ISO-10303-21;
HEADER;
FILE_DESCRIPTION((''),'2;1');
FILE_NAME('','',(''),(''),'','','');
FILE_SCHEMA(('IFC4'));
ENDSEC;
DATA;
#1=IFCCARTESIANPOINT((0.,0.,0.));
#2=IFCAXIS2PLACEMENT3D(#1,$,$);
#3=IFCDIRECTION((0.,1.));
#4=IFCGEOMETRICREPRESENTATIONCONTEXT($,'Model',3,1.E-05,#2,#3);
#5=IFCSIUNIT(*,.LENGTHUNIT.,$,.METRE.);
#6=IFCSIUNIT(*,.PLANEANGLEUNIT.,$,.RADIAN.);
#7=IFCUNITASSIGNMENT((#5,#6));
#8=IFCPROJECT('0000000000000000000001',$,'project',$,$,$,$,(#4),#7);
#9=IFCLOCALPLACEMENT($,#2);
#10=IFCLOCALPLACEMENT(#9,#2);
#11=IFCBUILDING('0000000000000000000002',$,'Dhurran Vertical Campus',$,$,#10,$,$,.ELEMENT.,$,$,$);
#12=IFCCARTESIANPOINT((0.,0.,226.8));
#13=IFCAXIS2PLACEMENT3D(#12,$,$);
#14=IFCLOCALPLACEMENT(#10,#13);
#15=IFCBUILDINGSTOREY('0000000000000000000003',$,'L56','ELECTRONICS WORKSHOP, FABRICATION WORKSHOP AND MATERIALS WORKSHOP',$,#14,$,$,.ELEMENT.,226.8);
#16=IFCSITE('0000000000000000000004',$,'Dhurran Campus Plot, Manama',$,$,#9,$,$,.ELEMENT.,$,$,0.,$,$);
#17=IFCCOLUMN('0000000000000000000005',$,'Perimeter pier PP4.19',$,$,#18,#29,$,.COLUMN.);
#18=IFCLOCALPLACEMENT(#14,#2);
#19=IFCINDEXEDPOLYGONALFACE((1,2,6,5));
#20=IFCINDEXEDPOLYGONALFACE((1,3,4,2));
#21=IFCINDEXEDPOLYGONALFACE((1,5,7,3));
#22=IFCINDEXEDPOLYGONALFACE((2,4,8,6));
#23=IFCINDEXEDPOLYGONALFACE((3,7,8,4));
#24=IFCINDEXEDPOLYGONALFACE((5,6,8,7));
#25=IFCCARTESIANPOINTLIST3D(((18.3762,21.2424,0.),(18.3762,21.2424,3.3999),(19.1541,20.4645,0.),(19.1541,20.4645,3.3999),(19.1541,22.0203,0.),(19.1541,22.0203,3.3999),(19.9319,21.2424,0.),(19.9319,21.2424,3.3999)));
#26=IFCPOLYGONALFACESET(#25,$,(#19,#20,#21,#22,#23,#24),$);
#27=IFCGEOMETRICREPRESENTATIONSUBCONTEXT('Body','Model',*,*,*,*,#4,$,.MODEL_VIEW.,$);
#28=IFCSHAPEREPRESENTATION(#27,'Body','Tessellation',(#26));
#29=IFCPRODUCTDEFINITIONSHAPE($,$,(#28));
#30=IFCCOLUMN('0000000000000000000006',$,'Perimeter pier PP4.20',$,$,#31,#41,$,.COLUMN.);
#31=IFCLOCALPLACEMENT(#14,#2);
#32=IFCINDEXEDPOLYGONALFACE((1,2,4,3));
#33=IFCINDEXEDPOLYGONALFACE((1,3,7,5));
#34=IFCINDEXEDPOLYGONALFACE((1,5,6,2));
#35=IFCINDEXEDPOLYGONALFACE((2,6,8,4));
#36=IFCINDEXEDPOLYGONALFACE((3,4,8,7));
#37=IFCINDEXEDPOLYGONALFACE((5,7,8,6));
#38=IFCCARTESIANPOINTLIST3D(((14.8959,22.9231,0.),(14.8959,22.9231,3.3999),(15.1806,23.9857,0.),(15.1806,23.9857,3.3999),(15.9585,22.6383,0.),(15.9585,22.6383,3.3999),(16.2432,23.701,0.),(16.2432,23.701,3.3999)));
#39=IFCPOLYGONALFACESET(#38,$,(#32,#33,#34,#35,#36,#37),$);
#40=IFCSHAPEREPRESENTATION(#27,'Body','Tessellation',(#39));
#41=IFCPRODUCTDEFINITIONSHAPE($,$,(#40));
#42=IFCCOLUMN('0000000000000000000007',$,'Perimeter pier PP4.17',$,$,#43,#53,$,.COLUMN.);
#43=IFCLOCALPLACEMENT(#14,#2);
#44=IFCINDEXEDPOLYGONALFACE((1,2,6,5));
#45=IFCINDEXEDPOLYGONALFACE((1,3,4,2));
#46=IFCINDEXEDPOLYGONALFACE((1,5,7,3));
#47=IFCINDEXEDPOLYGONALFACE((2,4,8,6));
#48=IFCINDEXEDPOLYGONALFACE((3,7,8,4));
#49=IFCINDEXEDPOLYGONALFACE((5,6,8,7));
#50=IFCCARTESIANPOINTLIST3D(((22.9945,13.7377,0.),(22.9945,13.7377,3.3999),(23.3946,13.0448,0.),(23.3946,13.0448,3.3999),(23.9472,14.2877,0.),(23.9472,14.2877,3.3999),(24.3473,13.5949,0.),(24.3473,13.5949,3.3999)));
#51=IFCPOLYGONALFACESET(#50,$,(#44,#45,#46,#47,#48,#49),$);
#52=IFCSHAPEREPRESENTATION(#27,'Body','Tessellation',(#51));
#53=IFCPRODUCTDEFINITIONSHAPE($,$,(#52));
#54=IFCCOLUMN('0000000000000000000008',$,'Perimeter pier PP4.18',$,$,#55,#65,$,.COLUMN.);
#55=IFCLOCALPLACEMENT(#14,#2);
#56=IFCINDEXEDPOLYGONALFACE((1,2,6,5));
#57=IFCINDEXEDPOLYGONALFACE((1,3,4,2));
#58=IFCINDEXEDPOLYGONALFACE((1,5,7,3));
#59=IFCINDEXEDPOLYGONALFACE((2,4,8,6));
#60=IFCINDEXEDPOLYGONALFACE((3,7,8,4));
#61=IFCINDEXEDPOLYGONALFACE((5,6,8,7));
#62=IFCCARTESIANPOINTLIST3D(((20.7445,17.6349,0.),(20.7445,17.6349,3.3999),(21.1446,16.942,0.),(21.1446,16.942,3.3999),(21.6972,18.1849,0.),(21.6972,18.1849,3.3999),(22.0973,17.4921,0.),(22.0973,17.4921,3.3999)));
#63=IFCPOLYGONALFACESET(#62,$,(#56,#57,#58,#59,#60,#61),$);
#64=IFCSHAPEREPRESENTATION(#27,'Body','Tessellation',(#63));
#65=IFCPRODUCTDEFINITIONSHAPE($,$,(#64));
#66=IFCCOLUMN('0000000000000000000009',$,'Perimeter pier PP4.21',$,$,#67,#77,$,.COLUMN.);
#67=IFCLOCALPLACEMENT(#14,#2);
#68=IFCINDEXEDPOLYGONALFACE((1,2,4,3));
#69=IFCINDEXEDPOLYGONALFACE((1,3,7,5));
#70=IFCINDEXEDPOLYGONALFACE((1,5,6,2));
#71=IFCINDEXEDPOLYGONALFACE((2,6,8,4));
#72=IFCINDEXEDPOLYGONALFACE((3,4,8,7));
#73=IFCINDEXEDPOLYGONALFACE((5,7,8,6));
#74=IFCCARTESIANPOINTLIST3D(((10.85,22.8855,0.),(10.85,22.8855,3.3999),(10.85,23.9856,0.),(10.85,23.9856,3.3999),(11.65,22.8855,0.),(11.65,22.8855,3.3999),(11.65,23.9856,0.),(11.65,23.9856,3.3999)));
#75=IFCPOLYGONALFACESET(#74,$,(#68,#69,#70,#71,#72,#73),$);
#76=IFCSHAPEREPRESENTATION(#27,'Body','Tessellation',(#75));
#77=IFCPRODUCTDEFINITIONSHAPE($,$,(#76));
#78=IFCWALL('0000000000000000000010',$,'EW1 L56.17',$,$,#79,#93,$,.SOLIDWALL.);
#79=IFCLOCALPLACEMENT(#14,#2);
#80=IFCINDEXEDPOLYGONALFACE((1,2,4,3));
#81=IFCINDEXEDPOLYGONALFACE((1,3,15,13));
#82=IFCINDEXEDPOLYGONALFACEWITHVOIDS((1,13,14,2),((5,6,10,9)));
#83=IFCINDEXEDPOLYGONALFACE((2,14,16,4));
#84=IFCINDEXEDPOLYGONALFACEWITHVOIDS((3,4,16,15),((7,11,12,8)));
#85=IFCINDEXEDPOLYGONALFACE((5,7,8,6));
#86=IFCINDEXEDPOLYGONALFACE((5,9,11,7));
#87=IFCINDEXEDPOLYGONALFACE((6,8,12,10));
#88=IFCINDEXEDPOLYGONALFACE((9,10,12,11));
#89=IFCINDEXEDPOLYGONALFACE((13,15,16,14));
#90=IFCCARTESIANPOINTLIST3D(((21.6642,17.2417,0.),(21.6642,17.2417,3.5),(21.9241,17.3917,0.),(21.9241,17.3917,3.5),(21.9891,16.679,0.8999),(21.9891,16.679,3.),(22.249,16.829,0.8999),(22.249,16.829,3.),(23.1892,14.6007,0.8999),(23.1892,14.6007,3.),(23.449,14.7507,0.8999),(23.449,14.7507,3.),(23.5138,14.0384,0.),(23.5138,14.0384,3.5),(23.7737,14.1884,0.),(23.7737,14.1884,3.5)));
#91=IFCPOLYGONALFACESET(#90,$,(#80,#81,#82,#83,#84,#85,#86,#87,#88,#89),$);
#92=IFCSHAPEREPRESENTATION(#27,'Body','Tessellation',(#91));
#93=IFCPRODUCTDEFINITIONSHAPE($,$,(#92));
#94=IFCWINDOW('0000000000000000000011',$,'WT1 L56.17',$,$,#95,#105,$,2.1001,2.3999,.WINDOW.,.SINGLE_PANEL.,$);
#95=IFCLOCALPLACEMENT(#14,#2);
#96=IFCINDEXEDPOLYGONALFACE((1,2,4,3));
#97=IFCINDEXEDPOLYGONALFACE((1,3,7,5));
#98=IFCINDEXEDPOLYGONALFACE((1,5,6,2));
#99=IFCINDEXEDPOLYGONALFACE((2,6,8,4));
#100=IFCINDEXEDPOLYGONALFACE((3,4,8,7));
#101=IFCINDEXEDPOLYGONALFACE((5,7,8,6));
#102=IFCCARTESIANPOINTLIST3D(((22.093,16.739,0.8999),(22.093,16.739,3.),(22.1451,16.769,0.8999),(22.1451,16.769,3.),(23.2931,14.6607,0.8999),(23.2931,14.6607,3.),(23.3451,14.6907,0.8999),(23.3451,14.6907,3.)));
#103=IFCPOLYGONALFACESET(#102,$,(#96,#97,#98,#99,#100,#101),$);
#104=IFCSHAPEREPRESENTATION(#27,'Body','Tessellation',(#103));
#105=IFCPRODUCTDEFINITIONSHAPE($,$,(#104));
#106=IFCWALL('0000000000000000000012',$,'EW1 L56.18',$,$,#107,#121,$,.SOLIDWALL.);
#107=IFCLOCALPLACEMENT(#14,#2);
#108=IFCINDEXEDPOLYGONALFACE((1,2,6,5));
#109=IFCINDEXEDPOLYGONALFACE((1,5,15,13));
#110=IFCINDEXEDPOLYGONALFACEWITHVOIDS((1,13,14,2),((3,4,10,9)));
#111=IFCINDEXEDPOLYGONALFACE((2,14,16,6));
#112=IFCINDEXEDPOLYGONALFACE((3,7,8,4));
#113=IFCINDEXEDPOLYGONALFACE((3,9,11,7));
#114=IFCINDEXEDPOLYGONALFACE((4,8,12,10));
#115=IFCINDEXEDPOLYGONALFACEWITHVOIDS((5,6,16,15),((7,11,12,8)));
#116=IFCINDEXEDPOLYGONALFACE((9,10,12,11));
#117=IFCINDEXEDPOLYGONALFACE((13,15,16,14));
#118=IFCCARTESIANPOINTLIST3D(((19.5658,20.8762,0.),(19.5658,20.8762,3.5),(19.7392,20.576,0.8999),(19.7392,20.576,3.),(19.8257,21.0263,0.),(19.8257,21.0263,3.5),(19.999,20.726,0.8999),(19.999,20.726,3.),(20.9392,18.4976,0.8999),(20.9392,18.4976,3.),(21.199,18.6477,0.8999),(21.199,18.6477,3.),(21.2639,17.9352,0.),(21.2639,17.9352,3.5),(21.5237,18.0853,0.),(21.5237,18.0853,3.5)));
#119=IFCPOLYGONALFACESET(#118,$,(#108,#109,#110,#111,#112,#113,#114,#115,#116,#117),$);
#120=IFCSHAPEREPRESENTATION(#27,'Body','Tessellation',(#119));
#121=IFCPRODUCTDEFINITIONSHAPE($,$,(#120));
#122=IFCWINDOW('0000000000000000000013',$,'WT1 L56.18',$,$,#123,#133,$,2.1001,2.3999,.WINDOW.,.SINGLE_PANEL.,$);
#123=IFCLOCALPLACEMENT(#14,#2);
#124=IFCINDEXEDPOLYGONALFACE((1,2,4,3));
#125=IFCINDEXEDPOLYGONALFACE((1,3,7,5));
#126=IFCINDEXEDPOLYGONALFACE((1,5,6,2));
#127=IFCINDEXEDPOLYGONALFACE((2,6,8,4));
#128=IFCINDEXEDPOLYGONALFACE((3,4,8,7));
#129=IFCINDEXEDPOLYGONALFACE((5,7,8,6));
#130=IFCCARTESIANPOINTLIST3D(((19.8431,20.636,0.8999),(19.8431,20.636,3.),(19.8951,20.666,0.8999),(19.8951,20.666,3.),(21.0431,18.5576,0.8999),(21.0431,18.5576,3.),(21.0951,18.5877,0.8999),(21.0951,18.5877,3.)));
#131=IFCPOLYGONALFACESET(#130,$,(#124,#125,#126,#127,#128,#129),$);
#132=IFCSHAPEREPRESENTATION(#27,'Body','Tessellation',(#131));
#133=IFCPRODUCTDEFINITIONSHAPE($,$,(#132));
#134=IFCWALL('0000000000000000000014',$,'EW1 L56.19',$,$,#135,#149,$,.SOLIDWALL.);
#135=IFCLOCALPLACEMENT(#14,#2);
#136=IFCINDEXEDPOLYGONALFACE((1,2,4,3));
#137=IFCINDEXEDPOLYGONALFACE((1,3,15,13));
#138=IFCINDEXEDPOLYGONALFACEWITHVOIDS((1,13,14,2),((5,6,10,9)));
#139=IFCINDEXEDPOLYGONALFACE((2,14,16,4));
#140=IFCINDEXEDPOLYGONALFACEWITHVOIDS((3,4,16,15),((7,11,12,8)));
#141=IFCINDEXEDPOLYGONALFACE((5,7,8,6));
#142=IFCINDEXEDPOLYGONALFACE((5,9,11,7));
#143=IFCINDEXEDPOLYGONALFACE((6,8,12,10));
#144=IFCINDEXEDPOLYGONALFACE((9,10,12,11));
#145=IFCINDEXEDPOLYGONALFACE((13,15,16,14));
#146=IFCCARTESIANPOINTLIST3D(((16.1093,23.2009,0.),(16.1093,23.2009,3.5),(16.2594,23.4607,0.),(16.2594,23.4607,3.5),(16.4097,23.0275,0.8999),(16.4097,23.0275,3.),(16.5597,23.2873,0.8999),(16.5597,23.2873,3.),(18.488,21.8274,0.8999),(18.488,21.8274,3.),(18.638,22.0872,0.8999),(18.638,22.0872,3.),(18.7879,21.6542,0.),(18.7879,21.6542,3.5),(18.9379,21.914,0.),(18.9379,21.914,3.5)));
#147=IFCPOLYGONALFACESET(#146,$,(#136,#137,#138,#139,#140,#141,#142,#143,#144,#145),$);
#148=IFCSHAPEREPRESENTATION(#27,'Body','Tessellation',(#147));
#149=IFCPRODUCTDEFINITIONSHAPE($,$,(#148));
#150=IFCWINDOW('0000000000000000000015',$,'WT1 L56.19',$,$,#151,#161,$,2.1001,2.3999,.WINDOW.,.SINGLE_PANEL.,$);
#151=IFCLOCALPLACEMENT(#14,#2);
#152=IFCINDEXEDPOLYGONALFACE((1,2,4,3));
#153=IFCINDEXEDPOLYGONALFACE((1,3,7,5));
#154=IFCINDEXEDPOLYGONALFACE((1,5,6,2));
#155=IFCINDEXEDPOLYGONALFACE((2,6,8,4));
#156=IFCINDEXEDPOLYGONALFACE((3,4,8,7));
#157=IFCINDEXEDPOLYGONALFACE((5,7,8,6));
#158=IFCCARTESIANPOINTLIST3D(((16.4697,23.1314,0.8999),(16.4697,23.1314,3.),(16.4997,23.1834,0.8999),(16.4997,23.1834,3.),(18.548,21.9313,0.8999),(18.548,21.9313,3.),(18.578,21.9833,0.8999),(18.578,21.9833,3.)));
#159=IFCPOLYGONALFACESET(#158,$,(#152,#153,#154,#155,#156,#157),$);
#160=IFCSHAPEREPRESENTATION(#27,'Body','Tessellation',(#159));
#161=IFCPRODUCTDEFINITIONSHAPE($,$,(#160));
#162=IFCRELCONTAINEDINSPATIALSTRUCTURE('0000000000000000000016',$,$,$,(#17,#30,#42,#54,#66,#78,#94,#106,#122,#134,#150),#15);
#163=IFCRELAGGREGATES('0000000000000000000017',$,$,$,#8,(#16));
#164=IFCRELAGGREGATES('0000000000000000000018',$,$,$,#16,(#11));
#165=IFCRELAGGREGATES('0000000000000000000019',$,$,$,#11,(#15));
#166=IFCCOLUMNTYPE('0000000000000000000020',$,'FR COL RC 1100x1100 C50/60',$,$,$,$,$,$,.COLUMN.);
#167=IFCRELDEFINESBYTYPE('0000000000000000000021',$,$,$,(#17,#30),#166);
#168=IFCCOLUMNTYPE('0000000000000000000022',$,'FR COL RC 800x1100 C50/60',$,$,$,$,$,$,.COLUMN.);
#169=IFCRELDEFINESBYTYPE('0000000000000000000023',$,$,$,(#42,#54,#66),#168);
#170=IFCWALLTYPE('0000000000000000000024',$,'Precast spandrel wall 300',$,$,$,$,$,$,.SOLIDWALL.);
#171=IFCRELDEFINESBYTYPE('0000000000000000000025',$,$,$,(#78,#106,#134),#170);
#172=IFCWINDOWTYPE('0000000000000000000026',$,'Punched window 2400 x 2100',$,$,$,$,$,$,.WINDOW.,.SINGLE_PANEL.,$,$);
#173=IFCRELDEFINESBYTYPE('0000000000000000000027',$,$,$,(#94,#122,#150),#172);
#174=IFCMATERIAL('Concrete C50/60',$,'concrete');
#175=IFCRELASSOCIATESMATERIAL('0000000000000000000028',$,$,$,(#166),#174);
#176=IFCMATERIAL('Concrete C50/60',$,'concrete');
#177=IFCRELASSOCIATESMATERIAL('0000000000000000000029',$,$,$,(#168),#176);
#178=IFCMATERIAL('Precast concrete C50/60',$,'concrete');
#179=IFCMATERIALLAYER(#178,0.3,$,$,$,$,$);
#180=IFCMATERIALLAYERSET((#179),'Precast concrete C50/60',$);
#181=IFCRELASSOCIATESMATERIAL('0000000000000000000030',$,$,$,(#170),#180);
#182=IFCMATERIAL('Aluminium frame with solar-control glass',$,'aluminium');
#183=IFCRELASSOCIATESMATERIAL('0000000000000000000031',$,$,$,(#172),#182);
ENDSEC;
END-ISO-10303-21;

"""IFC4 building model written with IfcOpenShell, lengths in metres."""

from ifc_helpers import new_model, si_unit, direction, frame, frame_2d, origin, origin_2d, place, context, subcontext, project, spatial, rectangle, extrude, material, layer, layer_set, material_profile, profile_set, type_object, element, fill, save


model = new_model("IFC4")

# Units and contexts
model_context = context("Model", 3, precision=1e-05, world=origin(), true_north=direction((0.0, 1.0)))
body_context = subcontext(model_context, "Body", "Model", "MODEL_VIEW")
ifc_project = project(units=[si_unit("LENGTHUNIT", "METRE"), si_unit("PLANEANGLEUNIT", "RADIAN")], contexts=[model_context])

# Site, building, storey
site_placement = place(None, origin())
site = spatial("IfcSite", under=ifc_project, at=site_placement, Name="Dhurran Campus Plot, Manama", CompositionType="ELEMENT", RefElevation=0.0)
building_placement = place(site_placement, origin())
building = spatial("IfcBuilding", under=site, at=building_placement, Name="Dhurran Vertical Campus", CompositionType="ELEMENT")
storey_placement = place(building_placement, frame((0.0, 0.0, 226.8)))
storey = spatial("IfcBuildingStorey", under=building, at=storey_placement, Name="L56", Description="ELECTRONICS WORKSHOP, FABRICATION WORKSHOP AND MATERIALS WORKSHOP", CompositionType="ELEMENT", Elevation=226.8)

# Columns
ifc_material_1 = material(Name="Concrete C50/60", Category="concrete")
ifc_material_profile_1 = material_profile(ifc_material_1, rectangle(XDim=1.1001, YDim=1.1001, at=origin_2d()), Name="RC 1100x1100")
ifc_profile_set_1 = profile_set([ifc_material_profile_1], Name="Concrete C50/60")
column_type_1 = type_object("IfcColumnType", Name="FR COL RC 1100x1100 C50/60", PredefinedType="COLUMN", material=ifc_profile_set_1)
for number, where, z_axis, x_axis, name in (
    (1, (19.1541, 21.2424, 0.0), (0.0, 0.0, 1.0), (-0.707107, 0.707107, 0.0), "Perimeter pier PP4.19"),
    (2, (15.5696, 23.312, 0.0), (0.0, 0.0, 1.0), (-0.965926, 0.258819, 0.0), "Perimeter pier PP4.20"),
):
    element("IfcColumn", number, at=place(storey_placement, frame(where, z_axis=z_axis, x_axis=x_axis)), inside=storey, type_object=column_type_1, Name=name, PredefinedType="COLUMN", context=body_context, shape_type="SweptSolid", body=[
        extrude(rectangle(XDim=1.1001, YDim=1.1001, at=origin_2d()), origin(), (0.0, 0.0, 1.0), 3.3999),
    ])
ifc_material_2 = material(Name="Concrete C50/60", Category="concrete")
ifc_material_profile_2 = material_profile(ifc_material_2, rectangle(XDim=0.8, YDim=1.1001, at=origin_2d()), Name="RC 800x1100")
ifc_profile_set_2 = profile_set([ifc_material_profile_2], Name="Concrete C50/60")
column_type_2 = type_object("IfcColumnType", Name="FR COL RC 800x1100 C50/60", PredefinedType="COLUMN", material=ifc_profile_set_2)
for number, where, z_axis, x_axis, name in (
    (3, (23.6709, 13.6663, 0.0), (0.0, 0.0, 1.0), (-0.5, 0.866025, 0.0), "Perimeter pier PP4.17"),
    (4, (21.4209, 17.5635, 0.0), (0.0, 0.0, 1.0), (-0.5, 0.866025, 0.0), "Perimeter pier PP4.18"),
    (5, (11.25, 23.4355, 0.0), (0.0, 0.0, 1.0), (-1.0, 0.0, 0.0), "Perimeter pier PP4.21"),
):
    element("IfcColumn", number, at=place(storey_placement, frame(where, z_axis=z_axis, x_axis=x_axis)), inside=storey, type_object=column_type_2, Name=name, PredefinedType="COLUMN", context=body_context, shape_type="SweptSolid", body=[
        extrude(rectangle(XDim=0.8, YDim=1.1001, at=origin_2d()), origin(), (0.0, 0.0, 1.0), 3.3999),
    ])

# Walls, openings, windows
ifc_material_3 = material(Name="Precast concrete C50/60", Category="concrete")
ifc_layer_1 = layer(ifc_material_3, 0.3)
ifc_layer_set_1 = layer_set([ifc_layer_1], Name="Precast concrete C50/60")
wall_type_1 = type_object("IfcWallType", Name="Precast spandrel wall 300", PredefinedType="SOLIDWALL", material=ifc_layer_set_1)
wall_1_placement = place(storey_placement, frame((23.6438, 14.1133, 0.0), z_axis=(0.0, 0.0, 1.0), x_axis=(-0.500029, 0.866009, 0.0)))
wall_1 = element("IfcWall", 6, at=wall_1_placement, inside=storey, type_object=wall_type_1, Name="EW1 L56.17", PredefinedType="SOLIDWALL", context=body_context, shape_type="SweptSolid", body=[
    extrude(rectangle(XDim=3.699, YDim=0.3, at=frame_2d((1.8496, 0.0))), origin(), (0.0, 0.0, 1.0), 3.5),
])
opening_1_placement = place(wall_1_placement, frame((0.6494, 0.0, 0.8999)))
opening_1 = element("IfcOpeningElement", 7, at=opening_1_placement, cuts=wall_1, PredefinedType="OPENING", context=body_context, shape_type="SweptSolid", body=[
    extrude(rectangle(XDim=2.3999, YDim=2.1001, at=frame_2d((1.2, 1.05))), frame((0.0, 0.1599, 0.0), z_axis=(0.0, -1.0, 0.0), x_axis=(1.0, 0.0, 0.0)), (0.0, 0.0, 1.0), 0.3201),
])
ifc_material_4 = material(Name="Aluminium frame with solar-control glass", Category="aluminium")
window_type = type_object("IfcWindowType", Name="Punched window 2400 x 2100", PartitioningType="SINGLE_PANEL", PredefinedType="WINDOW", material=ifc_material_4)
window_1_placement = place(opening_1_placement, origin())
window_1 = element("IfcWindow", 8, at=window_1_placement, inside=storey, type_object=window_type, Name="WT1 L56.17", OverallHeight=2.1001, OverallWidth=2.3999, PartitioningType="SINGLE_PANEL", PredefinedType="WINDOW", context=body_context, shape_type="SweptSolid", body=[
    extrude(rectangle(XDim=2.3999, YDim=2.1001, at=frame_2d((1.2, 1.05))), frame((0.0, 0.03, 0.0), z_axis=(0.0, -1.0, 0.0), x_axis=(1.0, 0.0, 0.0)), (0.0, 0.0, 1.0), 0.0601),
])
fill(opening_1, window_1)
wall_2_placement = place(storey_placement, frame((21.3938, 18.0103, 0.0), z_axis=(0.0, 0.0, 1.0), x_axis=(-0.500013, 0.866018, 0.0)))
wall_2 = element("IfcWall", 9, at=wall_2_placement, inside=storey, type_object=wall_type_1, Name="EW1 L56.18", PredefinedType="SOLIDWALL", context=body_context, shape_type="SweptSolid", body=[
    extrude(rectangle(XDim=3.396, YDim=0.3, at=frame_2d((1.698, 0.0))), origin(), (0.0, 0.0, 1.0), 3.5),
])
opening_2_placement = place(wall_2_placement, frame((0.6494, 0.0, 0.8999)))
opening_2 = element("IfcOpeningElement", 10, at=opening_2_placement, cuts=wall_2, PredefinedType="OPENING", context=body_context, shape_type="SweptSolid", body=[
    extrude(rectangle(XDim=2.3999, YDim=2.1001, at=frame_2d((1.2, 1.05))), frame((0.0, 0.1599, 0.0), z_axis=(0.0, -1.0, 0.0), x_axis=(1.0, 0.0, 0.0)), (0.0, 0.0, 1.0), 0.3201),
])
window_2_placement = place(opening_2_placement, origin())
window_2 = element("IfcWindow", 11, at=window_2_placement, inside=storey, type_object=window_type, Name="WT1 L56.18", OverallHeight=2.1001, OverallWidth=2.3999, PartitioningType="SINGLE_PANEL", PredefinedType="WINDOW", context=body_context, shape_type="SweptSolid", body=[
    extrude(rectangle(XDim=2.3999, YDim=2.1001, at=frame_2d((1.2, 1.05))), frame((0.0, 0.03, 0.0), z_axis=(0.0, -1.0, 0.0), x_axis=(1.0, 0.0, 0.0)), (0.0, 0.0, 1.0), 0.0601),
])
fill(opening_2, window_2)
wall_3_placement = place(storey_placement, frame((18.8628, 21.7842, 0.0), z_axis=(0.0, 0.0, 1.0), x_axis=(-0.865995, 0.500053, 0.0)))
wall_3 = element("IfcWall", 12, at=wall_3_placement, inside=storey, type_object=wall_type_1, Name="EW1 L56.19", PredefinedType="SOLIDWALL", context=body_context, shape_type="SweptSolid", body=[
    extrude(rectangle(XDim=3.093, YDim=0.3, at=frame_2d((1.5464, 0.0))), origin(), (0.0, 0.0, 1.0), 3.5),
])
opening_3_placement = place(wall_3_placement, frame((0.3462, 0.0, 0.8999)))
opening_3 = element("IfcOpeningElement", 13, at=opening_3_placement, cuts=wall_3, PredefinedType="OPENING", context=body_context, shape_type="SweptSolid", body=[
    extrude(rectangle(XDim=2.3999, YDim=2.1001, at=frame_2d((1.2, 1.05))), frame((0.0, 0.1599, 0.0), z_axis=(0.0, -1.0, 0.0), x_axis=(1.0, 0.0, 0.0)), (0.0, 0.0, 1.0), 0.3201),
])
window_3_placement = place(opening_3_placement, origin())
window_3 = element("IfcWindow", 14, at=window_3_placement, inside=storey, type_object=window_type, Name="WT1 L56.19", OverallHeight=2.1001, OverallWidth=2.3999, PartitioningType="SINGLE_PANEL", PredefinedType="WINDOW", context=body_context, shape_type="SweptSolid", body=[
    extrude(rectangle(XDim=2.3999, YDim=2.1001, at=frame_2d((1.2, 1.05))), frame((0.0, 0.03, 0.0), z_axis=(0.0, -1.0, 0.0), x_axis=(1.0, 0.0, 0.0)), (0.0, 0.0, 1.0), 0.0601),
])
fill(opening_3, window_3)

save(model, "model.ifc")
